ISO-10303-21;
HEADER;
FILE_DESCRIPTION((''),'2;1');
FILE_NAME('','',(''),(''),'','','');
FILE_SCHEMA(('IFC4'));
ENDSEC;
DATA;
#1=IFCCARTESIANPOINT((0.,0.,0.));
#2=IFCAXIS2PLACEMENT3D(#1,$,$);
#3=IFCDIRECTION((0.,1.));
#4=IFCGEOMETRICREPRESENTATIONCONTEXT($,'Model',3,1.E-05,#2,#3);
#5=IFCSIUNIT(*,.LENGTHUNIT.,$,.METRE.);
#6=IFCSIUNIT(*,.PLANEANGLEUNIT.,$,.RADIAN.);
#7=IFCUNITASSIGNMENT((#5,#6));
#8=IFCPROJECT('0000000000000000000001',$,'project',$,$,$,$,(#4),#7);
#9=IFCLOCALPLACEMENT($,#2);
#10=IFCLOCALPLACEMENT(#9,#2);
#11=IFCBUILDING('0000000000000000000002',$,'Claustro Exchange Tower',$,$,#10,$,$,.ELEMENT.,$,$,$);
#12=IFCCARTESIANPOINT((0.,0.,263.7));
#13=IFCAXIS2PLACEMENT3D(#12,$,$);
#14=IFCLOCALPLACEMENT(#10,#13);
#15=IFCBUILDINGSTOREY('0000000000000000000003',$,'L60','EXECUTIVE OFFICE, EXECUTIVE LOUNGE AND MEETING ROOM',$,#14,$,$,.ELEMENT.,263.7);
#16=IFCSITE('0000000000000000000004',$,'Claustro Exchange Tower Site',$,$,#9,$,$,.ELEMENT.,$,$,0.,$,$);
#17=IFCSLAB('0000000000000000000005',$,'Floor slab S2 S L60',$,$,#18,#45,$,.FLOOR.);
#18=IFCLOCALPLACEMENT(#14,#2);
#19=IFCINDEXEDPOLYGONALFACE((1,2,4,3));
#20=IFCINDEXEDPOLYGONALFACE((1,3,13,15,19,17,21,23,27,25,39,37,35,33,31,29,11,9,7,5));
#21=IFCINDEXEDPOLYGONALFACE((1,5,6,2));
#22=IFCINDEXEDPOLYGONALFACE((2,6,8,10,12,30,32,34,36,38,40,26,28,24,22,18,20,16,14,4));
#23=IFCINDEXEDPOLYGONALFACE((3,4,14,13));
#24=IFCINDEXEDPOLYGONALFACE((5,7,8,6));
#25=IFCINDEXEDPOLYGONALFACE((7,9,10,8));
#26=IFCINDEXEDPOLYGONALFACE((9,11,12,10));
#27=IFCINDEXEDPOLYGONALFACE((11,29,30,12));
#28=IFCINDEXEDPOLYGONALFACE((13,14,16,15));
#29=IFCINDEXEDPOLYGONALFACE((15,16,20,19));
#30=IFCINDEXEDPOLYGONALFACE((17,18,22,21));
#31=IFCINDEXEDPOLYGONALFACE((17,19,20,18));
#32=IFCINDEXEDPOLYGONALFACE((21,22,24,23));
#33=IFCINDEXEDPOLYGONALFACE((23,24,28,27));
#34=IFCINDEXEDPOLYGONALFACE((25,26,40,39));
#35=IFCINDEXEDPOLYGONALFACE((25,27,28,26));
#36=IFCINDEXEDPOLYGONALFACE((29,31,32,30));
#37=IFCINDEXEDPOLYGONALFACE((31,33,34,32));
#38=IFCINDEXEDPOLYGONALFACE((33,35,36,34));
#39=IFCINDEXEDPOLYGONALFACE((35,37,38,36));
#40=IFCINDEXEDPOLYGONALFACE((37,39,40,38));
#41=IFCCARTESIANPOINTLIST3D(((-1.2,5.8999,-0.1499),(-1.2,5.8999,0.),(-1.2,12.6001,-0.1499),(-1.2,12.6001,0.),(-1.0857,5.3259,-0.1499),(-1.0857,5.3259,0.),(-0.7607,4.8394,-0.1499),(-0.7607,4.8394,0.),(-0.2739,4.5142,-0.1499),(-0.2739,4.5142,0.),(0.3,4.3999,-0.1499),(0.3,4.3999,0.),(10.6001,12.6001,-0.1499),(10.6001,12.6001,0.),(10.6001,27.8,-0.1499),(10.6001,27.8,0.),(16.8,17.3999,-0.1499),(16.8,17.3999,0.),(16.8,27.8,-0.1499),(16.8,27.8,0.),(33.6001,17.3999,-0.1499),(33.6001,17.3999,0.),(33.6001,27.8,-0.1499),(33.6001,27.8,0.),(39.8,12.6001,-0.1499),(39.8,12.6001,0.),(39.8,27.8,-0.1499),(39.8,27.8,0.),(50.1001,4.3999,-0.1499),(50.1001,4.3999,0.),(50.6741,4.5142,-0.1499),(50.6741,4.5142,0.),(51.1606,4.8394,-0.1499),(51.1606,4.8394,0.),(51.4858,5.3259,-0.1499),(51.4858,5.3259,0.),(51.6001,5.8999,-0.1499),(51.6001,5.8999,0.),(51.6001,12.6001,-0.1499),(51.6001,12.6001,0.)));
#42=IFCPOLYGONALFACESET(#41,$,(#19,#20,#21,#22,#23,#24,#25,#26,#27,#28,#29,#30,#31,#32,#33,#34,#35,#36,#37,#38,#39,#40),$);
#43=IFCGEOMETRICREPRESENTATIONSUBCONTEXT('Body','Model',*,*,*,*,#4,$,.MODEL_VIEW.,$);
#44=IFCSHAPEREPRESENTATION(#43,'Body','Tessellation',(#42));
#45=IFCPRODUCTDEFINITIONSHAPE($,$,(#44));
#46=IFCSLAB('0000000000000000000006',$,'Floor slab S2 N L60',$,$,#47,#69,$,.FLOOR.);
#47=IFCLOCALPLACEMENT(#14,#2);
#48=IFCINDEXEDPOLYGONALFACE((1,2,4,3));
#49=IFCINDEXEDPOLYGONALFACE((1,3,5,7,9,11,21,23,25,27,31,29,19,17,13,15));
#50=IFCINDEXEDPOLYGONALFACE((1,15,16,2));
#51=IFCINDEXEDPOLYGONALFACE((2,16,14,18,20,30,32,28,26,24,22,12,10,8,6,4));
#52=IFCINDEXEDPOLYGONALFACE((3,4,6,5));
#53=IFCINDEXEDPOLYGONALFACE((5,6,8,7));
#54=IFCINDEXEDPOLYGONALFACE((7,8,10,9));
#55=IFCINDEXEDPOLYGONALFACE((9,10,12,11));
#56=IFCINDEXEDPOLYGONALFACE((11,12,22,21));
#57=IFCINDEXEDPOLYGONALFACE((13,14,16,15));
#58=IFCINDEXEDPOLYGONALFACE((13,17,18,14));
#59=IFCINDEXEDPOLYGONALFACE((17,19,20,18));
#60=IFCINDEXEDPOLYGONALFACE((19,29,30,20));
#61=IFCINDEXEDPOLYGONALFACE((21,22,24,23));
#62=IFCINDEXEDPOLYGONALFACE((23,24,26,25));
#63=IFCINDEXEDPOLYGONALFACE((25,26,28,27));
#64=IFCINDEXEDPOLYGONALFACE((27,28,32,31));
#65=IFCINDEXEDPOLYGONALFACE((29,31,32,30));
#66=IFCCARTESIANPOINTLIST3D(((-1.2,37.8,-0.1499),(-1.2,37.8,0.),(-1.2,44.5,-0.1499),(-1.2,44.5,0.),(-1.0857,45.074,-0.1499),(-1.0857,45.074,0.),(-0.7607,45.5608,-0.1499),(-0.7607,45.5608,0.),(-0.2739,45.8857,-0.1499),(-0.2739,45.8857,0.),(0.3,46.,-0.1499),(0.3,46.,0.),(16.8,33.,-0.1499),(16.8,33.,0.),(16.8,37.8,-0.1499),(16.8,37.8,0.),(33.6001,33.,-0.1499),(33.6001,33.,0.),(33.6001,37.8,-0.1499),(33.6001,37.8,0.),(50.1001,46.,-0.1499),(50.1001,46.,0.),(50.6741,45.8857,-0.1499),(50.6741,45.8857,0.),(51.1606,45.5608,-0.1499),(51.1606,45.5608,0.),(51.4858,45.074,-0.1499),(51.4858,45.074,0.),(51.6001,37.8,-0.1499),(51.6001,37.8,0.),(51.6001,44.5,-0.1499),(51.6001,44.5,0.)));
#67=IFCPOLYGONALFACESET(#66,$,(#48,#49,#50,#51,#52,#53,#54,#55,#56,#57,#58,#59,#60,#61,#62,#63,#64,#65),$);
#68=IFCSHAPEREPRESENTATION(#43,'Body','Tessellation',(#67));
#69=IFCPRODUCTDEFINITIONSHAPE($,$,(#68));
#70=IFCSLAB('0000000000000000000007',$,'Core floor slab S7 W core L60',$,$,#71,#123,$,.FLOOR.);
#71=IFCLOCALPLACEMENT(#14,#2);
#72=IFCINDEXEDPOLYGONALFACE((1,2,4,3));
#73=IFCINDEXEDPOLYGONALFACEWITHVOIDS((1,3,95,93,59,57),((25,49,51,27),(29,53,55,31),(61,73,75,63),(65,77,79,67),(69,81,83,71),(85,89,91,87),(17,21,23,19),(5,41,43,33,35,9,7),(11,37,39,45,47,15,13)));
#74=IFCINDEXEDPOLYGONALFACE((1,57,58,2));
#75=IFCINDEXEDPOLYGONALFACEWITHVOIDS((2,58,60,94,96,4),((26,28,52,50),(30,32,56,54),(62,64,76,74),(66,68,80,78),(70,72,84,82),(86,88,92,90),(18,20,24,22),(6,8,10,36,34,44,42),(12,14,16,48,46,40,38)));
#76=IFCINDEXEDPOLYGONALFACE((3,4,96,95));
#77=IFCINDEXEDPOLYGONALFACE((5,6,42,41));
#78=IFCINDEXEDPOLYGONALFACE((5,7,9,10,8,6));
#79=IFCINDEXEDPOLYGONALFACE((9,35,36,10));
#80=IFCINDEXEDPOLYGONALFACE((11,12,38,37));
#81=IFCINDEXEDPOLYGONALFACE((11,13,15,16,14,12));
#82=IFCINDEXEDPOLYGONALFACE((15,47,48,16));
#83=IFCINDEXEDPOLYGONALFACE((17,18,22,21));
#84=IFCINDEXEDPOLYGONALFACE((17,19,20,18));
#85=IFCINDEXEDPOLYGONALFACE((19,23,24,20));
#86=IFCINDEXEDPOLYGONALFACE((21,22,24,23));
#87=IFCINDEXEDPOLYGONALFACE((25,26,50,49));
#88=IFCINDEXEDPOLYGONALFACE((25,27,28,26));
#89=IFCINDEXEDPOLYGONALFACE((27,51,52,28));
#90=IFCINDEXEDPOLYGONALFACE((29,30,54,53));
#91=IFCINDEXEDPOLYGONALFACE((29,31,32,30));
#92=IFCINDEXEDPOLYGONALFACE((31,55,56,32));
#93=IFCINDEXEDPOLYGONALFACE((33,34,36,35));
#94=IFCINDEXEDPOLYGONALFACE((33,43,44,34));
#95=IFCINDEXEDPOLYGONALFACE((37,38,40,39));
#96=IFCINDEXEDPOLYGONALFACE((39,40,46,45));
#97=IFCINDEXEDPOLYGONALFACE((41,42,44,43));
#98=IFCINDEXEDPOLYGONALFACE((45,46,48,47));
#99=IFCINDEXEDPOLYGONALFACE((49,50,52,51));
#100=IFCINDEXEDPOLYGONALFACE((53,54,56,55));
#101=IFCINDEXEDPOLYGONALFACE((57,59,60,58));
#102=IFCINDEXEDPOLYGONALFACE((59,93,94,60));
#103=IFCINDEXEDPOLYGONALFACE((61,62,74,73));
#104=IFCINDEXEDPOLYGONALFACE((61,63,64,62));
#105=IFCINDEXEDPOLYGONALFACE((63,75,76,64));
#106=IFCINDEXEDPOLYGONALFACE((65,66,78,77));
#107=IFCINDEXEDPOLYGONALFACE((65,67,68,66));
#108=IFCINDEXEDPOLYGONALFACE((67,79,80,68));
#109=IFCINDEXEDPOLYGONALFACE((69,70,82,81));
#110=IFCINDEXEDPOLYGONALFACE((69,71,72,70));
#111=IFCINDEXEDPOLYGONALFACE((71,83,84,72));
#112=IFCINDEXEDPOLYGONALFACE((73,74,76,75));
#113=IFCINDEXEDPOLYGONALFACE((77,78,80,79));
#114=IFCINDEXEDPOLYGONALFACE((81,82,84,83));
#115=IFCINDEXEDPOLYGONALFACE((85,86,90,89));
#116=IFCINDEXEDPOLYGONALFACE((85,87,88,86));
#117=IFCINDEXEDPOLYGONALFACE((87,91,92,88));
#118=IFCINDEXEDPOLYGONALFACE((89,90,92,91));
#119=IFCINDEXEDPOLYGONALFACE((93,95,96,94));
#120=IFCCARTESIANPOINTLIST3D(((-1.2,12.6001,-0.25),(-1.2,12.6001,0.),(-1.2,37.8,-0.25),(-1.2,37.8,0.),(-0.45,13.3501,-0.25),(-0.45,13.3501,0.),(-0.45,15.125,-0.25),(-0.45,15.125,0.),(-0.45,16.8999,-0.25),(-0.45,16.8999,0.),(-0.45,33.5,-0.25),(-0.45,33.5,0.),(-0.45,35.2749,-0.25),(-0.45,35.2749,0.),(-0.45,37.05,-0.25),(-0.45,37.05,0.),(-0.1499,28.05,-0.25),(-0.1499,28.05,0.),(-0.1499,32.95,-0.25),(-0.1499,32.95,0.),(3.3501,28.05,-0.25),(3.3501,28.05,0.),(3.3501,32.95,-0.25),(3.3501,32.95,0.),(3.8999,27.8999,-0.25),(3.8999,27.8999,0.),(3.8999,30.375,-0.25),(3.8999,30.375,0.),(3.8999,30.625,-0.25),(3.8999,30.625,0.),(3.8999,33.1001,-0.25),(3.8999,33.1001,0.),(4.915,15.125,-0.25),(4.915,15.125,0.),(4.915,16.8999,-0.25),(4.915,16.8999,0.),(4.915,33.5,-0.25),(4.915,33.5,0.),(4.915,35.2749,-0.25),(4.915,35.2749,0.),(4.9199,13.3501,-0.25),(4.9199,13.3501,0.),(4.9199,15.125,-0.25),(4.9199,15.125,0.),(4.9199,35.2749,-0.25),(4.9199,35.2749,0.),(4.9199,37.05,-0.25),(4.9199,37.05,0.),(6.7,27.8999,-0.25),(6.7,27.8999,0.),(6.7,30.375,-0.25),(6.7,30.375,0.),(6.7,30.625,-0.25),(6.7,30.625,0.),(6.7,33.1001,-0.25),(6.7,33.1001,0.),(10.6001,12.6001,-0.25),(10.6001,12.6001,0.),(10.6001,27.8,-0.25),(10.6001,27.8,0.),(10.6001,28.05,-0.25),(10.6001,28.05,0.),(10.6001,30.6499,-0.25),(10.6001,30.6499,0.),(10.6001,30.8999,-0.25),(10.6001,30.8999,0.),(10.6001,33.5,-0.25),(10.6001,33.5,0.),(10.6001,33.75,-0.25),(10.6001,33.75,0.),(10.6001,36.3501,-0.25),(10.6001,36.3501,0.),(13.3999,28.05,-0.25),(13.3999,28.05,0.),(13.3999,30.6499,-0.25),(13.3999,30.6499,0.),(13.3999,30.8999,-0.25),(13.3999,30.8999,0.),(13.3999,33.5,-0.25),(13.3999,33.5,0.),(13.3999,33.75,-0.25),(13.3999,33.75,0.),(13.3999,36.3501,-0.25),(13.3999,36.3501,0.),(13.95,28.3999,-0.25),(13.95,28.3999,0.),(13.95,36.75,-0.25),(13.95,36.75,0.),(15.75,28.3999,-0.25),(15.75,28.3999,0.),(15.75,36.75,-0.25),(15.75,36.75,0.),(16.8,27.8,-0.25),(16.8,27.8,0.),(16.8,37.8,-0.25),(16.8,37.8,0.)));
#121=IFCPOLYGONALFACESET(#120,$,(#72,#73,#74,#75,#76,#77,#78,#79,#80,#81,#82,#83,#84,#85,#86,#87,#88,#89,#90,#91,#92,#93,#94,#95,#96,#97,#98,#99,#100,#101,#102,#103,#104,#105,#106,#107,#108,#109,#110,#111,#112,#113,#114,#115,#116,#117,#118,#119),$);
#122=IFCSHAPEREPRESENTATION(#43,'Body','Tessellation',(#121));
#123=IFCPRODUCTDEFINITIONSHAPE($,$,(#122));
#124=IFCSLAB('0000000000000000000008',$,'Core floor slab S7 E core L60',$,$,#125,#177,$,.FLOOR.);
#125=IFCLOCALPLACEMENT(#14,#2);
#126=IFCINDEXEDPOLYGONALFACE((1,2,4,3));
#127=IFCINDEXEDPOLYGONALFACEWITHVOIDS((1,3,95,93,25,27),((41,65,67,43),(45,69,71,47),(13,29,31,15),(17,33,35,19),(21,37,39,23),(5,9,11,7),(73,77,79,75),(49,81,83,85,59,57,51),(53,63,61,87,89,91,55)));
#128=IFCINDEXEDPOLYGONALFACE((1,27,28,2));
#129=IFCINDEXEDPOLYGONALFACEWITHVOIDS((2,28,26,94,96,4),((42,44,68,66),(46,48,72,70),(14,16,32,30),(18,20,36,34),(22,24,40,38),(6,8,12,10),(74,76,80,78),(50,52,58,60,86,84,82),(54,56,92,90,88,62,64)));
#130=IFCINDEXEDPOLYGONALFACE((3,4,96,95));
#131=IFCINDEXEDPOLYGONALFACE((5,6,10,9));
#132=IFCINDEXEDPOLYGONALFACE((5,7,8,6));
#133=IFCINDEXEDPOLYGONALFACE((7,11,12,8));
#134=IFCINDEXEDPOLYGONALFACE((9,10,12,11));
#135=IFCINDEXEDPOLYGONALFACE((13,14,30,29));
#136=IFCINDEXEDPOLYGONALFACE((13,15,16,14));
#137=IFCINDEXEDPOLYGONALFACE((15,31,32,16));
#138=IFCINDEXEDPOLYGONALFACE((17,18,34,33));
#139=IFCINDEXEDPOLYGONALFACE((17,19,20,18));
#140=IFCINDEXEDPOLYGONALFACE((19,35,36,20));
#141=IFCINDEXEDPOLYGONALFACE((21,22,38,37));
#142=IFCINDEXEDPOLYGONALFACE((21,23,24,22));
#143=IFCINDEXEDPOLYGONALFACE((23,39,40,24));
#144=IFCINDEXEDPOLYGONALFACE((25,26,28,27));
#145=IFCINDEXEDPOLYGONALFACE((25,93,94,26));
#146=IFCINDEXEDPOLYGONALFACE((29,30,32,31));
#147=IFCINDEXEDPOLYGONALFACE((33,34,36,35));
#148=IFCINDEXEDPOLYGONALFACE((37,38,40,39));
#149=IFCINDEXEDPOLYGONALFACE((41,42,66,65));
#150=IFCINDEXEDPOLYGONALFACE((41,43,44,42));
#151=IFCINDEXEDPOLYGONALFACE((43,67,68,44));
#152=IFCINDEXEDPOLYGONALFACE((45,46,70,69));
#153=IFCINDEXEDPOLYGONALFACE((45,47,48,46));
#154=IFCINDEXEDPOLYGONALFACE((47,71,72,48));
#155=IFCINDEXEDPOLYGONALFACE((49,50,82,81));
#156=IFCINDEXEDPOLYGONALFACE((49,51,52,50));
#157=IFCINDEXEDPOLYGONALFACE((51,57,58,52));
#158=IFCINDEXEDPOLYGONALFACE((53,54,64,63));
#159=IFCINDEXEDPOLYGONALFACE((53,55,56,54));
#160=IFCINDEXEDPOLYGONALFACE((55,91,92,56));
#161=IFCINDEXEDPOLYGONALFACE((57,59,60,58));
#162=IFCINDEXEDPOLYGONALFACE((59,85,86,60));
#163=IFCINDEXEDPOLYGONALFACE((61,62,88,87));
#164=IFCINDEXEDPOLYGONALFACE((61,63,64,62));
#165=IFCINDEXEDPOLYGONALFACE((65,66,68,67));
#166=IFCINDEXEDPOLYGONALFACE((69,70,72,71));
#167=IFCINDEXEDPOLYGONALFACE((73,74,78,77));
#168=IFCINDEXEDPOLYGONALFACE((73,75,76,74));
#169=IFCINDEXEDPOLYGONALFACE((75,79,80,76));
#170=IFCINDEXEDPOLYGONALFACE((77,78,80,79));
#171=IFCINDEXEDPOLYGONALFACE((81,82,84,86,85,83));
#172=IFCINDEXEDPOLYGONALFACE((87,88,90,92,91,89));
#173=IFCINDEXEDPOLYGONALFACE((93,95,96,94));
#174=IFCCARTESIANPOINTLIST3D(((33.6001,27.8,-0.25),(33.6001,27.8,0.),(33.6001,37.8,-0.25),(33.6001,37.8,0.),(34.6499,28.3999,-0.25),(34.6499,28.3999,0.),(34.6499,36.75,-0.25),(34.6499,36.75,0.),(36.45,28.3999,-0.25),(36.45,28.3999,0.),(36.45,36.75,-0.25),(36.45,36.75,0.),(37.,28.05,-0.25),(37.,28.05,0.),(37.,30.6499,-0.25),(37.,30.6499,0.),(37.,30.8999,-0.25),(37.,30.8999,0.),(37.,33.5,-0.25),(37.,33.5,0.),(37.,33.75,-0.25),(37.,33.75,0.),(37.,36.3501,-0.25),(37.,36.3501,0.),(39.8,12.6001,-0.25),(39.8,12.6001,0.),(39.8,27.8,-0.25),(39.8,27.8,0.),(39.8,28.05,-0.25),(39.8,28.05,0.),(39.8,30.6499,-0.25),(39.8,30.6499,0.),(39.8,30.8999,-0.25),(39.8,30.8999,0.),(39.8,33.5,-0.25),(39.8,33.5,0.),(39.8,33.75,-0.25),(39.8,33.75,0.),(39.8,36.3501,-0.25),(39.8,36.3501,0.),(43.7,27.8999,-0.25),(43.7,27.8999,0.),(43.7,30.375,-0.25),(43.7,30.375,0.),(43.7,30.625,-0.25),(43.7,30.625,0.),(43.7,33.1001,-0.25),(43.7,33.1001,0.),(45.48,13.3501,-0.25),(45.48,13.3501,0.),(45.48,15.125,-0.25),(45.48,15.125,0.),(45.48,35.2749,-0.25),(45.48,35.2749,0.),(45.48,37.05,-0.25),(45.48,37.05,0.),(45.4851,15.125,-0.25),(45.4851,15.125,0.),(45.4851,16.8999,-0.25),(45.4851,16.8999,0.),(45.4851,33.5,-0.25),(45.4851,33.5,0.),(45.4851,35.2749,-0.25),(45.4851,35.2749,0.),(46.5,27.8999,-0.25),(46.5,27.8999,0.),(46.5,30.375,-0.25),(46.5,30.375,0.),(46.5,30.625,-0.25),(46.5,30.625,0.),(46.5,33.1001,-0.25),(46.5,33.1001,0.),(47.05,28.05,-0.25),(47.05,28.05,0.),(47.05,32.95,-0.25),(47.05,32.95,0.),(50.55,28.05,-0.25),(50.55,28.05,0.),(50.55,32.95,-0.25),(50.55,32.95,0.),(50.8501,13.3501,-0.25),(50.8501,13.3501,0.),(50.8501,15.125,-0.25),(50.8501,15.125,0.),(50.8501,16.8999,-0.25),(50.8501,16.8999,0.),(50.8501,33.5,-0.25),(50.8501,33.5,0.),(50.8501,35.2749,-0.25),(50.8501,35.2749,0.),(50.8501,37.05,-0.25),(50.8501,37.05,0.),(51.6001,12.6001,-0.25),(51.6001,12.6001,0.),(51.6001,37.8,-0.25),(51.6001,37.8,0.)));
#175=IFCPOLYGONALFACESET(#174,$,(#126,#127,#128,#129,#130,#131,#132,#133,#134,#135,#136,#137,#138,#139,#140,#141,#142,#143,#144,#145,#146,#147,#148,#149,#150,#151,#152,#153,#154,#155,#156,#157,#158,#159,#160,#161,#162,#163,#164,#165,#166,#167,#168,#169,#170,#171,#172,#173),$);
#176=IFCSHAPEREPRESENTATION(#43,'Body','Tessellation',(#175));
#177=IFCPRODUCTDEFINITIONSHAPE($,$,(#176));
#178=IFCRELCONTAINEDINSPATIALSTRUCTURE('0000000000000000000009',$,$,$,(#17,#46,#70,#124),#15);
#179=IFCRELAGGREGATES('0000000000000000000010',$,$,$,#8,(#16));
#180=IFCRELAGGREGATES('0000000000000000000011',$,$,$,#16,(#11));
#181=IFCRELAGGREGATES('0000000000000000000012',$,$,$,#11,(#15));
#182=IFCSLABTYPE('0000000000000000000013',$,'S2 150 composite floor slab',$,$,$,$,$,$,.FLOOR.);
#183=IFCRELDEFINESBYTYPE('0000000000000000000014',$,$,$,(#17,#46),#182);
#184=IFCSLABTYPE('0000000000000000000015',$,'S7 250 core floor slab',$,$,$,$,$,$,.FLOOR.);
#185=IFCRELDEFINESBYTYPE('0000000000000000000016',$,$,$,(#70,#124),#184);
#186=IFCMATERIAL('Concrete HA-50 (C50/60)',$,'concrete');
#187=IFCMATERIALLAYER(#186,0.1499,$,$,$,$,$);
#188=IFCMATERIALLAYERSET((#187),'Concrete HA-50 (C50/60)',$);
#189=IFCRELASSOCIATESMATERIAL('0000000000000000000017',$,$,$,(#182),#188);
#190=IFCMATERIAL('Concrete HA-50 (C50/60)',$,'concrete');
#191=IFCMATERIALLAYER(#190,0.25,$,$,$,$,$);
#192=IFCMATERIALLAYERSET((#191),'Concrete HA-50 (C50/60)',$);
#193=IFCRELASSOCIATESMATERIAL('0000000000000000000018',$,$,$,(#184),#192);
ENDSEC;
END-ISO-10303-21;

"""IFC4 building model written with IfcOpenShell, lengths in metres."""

from ifc_helpers import new_model, si_unit, direction, frame, origin, place, context, subcontext, project, spatial, polyline, outline, extrude, material, layer, layer_set, type_object, element, save


model = new_model("IFC4")

# Units and contexts
model_context = context("Model", 3, precision=1e-05, world=origin(), true_north=direction((0.0, 1.0)))
body_context = subcontext(model_context, "Body", "Model", "MODEL_VIEW")
ifc_project = project(units=[si_unit("LENGTHUNIT", "METRE"), si_unit("PLANEANGLEUNIT", "RADIAN")], contexts=[model_context])

# Site, building, storey
site_placement = place(None, origin())
site = spatial("IfcSite", under=ifc_project, at=site_placement, Name="Claustro Exchange Tower Site", CompositionType="ELEMENT", RefElevation=0.0)
building_placement = place(site_placement, origin())
building = spatial("IfcBuilding", under=site, at=building_placement, Name="Claustro Exchange Tower", CompositionType="ELEMENT")
storey_placement = place(building_placement, frame((0.0, 0.0, 263.7)))
storey = spatial("IfcBuildingStorey", under=building, at=storey_placement, Name="L60", Description="EXECUTIVE OFFICE, EXECUTIVE LOUNGE AND MEETING ROOM", CompositionType="ELEMENT", Elevation=263.7)

# Slabs
ifc_material_1 = material(Name="Concrete HA-50 (C50/60)", Category="concrete")
ifc_layer_1 = layer(ifc_material_1, 0.1499)
ifc_layer_set_1 = layer_set([ifc_layer_1], Name="Concrete HA-50 (C50/60)")
slab_type_1 = type_object("IfcSlabType", Name="S2 150 composite floor slab", PredefinedType="FLOOR", material=ifc_layer_set_1)
slab_1_placement = place(storey_placement, frame((0.0, 0.0, -0.1499)))
element("IfcSlab", 1, at=slab_1_placement, inside=storey, type_object=slab_type_1, Name="Floor slab S2 S L60", PredefinedType="FLOOR", context=body_context, shape_type="SweptSolid", body=[
    extrude(outline(polyline([(-0.2739, 4.5142), (0.3, 4.3999), (50.1001, 4.3999), (50.6741, 4.5142), (51.1606, 4.8394), (51.4858, 5.3259), (51.6001, 5.8999), (51.6001, 12.6001), (39.8, 12.6001), (39.8, 27.8), (33.6001, 27.8), (33.6001, 17.3999), (16.8, 17.3999), (16.8, 27.8), (10.6001, 27.8), (10.6001, 12.6001), (-1.2, 12.6001), (-1.2, 5.8999), (-1.0857, 5.3259), (-0.7607, 4.8394), (-0.2739, 4.5142)])), origin(), (0.0, 0.0, 1.0), 0.1499),
])
slab_2_placement = place(storey_placement, frame((0.0, 0.0, -0.1499)))
element("IfcSlab", 2, at=slab_2_placement, inside=storey, type_object=slab_type_1, Name="Floor slab S2 N L60", PredefinedType="FLOOR", context=body_context, shape_type="SweptSolid", body=[
    extrude(outline(polyline([(16.8, 37.8), (16.8, 33.0), (33.6001, 33.0), (33.6001, 37.8), (51.6001, 37.8), (51.6001, 44.5), (51.4858, 45.074), (51.1606, 45.5608), (50.6741, 45.8857), (50.1001, 46.0), (0.3, 46.0), (-0.2739, 45.8857), (-0.7607, 45.5608), (-1.0857, 45.074), (-1.2, 44.5), (-1.2, 37.8), (16.8, 37.8)])), origin(), (0.0, 0.0, 1.0), 0.1499),
])
ifc_material_2 = material(Name="Concrete HA-50 (C50/60)", Category="concrete")
ifc_layer_2 = layer(ifc_material_2, 0.25)
ifc_layer_set_2 = layer_set([ifc_layer_2], Name="Concrete HA-50 (C50/60)")
slab_type_2 = type_object("IfcSlabType", Name="S7 250 core floor slab", PredefinedType="FLOOR", material=ifc_layer_set_2)
slab_3_placement = place(storey_placement, frame((0.0, 0.0, -0.25)))
element("IfcSlab", 3, at=slab_3_placement, inside=storey, type_object=slab_type_2, Name="Core floor slab S7 W core L60", PredefinedType="FLOOR", context=body_context, shape_type="SweptSolid", body=[
    extrude(outline(polyline([(-1.2, 37.8), (-1.2, 12.6001), (10.6001, 12.6001), (10.6001, 27.8), (16.8, 27.8), (16.8, 37.8), (-1.2, 37.8)]), holes=[polyline([(13.95, 36.75), (15.75, 36.75), (15.75, 28.3999), (13.95, 28.3999), (13.95, 36.75)]), polyline([(10.6001, 30.6499), (13.3999, 30.6499), (13.3999, 28.05), (10.6001, 28.05), (10.6001, 30.6499)]), polyline([(10.6001, 33.5), (13.3999, 33.5), (13.3999, 30.8999), (10.6001, 30.8999), (10.6001, 33.5)]), polyline([(13.3999, 36.3501), (13.3999, 33.75), (10.6001, 33.75), (10.6001, 36.3501), (13.3999, 36.3501)]), polyline([(3.8999, 30.375), (6.7, 30.375), (6.7, 27.8999), (3.8999, 27.8999), (3.8999, 30.375)]), polyline([(3.8999, 33.1001), (6.7, 33.1001), (6.7, 30.625), (3.8999, 30.625), (3.8999, 33.1001)]), polyline([(-0.45, 13.3501), (-0.45, 15.125), (-0.45, 16.8999), (4.915, 16.8999), (4.915, 15.125), (4.9199, 15.125), (4.9199, 13.3501), (-0.45, 13.3501)]), polyline([(-0.45, 37.05), (4.9199, 37.05), (4.9199, 35.2749), (4.915, 35.2749), (4.915, 33.5), (-0.45, 33.5), (-0.45, 35.2749), (-0.45, 37.05)]), polyline([(-0.1499, 32.95), (3.3501, 32.95), (3.3501, 28.05), (-0.1499, 28.05), (-0.1499, 32.95)])]), origin(), (0.0, 0.0, 1.0), 0.25),
])
slab_4_placement = place(storey_placement, frame((0.0, 0.0, -0.25)))
element("IfcSlab", 4, at=slab_4_placement, inside=storey, type_object=slab_type_2, Name="Core floor slab S7 E core L60", PredefinedType="FLOOR", context=body_context, shape_type="SweptSolid", body=[
    extrude(outline(polyline([(51.6001, 37.8), (33.6001, 37.8), (33.6001, 27.8), (39.8, 27.8), (39.8, 12.6001), (51.6001, 12.6001), (51.6001, 37.8)]), holes=[polyline([(45.48, 15.125), (45.4851, 15.125), (45.4851, 16.8999), (50.8501, 16.8999), (50.8501, 15.125), (50.8501, 13.3501), (45.48, 13.3501), (45.48, 15.125)]), polyline([(45.48, 35.2749), (45.48, 37.05), (50.8501, 37.05), (50.8501, 35.2749), (50.8501, 33.5), (45.4851, 33.5), (45.4851, 35.2749), (45.48, 35.2749)]), polyline([(47.05, 32.95), (50.55, 32.95), (50.55, 28.05), (47.05, 28.05), (47.05, 32.95)]), polyline([(43.7, 30.375), (46.5, 30.375), (46.5, 27.8999), (43.7, 27.8999), (43.7, 30.375)]), polyline([(43.7, 33.1001), (46.5, 33.1001), (46.5, 30.625), (43.7, 30.625), (43.7, 33.1001)]), polyline([(37.0, 30.6499), (39.8, 30.6499), (39.8, 28.05), (37.0, 28.05), (37.0, 30.6499)]), polyline([(37.0, 33.5), (39.8, 33.5), (39.8, 30.8999), (37.0, 30.8999), (37.0, 33.5)]), polyline([(39.8, 36.3501), (39.8, 33.75), (37.0, 33.75), (37.0, 36.3501), (39.8, 36.3501)]), polyline([(34.6499, 36.75), (36.45, 36.75), (36.45, 28.3999), (34.6499, 28.3999), (34.6499, 36.75)])]), origin(), (0.0, 0.0, 1.0), 0.25),
])

save(model, "model.ifc")
